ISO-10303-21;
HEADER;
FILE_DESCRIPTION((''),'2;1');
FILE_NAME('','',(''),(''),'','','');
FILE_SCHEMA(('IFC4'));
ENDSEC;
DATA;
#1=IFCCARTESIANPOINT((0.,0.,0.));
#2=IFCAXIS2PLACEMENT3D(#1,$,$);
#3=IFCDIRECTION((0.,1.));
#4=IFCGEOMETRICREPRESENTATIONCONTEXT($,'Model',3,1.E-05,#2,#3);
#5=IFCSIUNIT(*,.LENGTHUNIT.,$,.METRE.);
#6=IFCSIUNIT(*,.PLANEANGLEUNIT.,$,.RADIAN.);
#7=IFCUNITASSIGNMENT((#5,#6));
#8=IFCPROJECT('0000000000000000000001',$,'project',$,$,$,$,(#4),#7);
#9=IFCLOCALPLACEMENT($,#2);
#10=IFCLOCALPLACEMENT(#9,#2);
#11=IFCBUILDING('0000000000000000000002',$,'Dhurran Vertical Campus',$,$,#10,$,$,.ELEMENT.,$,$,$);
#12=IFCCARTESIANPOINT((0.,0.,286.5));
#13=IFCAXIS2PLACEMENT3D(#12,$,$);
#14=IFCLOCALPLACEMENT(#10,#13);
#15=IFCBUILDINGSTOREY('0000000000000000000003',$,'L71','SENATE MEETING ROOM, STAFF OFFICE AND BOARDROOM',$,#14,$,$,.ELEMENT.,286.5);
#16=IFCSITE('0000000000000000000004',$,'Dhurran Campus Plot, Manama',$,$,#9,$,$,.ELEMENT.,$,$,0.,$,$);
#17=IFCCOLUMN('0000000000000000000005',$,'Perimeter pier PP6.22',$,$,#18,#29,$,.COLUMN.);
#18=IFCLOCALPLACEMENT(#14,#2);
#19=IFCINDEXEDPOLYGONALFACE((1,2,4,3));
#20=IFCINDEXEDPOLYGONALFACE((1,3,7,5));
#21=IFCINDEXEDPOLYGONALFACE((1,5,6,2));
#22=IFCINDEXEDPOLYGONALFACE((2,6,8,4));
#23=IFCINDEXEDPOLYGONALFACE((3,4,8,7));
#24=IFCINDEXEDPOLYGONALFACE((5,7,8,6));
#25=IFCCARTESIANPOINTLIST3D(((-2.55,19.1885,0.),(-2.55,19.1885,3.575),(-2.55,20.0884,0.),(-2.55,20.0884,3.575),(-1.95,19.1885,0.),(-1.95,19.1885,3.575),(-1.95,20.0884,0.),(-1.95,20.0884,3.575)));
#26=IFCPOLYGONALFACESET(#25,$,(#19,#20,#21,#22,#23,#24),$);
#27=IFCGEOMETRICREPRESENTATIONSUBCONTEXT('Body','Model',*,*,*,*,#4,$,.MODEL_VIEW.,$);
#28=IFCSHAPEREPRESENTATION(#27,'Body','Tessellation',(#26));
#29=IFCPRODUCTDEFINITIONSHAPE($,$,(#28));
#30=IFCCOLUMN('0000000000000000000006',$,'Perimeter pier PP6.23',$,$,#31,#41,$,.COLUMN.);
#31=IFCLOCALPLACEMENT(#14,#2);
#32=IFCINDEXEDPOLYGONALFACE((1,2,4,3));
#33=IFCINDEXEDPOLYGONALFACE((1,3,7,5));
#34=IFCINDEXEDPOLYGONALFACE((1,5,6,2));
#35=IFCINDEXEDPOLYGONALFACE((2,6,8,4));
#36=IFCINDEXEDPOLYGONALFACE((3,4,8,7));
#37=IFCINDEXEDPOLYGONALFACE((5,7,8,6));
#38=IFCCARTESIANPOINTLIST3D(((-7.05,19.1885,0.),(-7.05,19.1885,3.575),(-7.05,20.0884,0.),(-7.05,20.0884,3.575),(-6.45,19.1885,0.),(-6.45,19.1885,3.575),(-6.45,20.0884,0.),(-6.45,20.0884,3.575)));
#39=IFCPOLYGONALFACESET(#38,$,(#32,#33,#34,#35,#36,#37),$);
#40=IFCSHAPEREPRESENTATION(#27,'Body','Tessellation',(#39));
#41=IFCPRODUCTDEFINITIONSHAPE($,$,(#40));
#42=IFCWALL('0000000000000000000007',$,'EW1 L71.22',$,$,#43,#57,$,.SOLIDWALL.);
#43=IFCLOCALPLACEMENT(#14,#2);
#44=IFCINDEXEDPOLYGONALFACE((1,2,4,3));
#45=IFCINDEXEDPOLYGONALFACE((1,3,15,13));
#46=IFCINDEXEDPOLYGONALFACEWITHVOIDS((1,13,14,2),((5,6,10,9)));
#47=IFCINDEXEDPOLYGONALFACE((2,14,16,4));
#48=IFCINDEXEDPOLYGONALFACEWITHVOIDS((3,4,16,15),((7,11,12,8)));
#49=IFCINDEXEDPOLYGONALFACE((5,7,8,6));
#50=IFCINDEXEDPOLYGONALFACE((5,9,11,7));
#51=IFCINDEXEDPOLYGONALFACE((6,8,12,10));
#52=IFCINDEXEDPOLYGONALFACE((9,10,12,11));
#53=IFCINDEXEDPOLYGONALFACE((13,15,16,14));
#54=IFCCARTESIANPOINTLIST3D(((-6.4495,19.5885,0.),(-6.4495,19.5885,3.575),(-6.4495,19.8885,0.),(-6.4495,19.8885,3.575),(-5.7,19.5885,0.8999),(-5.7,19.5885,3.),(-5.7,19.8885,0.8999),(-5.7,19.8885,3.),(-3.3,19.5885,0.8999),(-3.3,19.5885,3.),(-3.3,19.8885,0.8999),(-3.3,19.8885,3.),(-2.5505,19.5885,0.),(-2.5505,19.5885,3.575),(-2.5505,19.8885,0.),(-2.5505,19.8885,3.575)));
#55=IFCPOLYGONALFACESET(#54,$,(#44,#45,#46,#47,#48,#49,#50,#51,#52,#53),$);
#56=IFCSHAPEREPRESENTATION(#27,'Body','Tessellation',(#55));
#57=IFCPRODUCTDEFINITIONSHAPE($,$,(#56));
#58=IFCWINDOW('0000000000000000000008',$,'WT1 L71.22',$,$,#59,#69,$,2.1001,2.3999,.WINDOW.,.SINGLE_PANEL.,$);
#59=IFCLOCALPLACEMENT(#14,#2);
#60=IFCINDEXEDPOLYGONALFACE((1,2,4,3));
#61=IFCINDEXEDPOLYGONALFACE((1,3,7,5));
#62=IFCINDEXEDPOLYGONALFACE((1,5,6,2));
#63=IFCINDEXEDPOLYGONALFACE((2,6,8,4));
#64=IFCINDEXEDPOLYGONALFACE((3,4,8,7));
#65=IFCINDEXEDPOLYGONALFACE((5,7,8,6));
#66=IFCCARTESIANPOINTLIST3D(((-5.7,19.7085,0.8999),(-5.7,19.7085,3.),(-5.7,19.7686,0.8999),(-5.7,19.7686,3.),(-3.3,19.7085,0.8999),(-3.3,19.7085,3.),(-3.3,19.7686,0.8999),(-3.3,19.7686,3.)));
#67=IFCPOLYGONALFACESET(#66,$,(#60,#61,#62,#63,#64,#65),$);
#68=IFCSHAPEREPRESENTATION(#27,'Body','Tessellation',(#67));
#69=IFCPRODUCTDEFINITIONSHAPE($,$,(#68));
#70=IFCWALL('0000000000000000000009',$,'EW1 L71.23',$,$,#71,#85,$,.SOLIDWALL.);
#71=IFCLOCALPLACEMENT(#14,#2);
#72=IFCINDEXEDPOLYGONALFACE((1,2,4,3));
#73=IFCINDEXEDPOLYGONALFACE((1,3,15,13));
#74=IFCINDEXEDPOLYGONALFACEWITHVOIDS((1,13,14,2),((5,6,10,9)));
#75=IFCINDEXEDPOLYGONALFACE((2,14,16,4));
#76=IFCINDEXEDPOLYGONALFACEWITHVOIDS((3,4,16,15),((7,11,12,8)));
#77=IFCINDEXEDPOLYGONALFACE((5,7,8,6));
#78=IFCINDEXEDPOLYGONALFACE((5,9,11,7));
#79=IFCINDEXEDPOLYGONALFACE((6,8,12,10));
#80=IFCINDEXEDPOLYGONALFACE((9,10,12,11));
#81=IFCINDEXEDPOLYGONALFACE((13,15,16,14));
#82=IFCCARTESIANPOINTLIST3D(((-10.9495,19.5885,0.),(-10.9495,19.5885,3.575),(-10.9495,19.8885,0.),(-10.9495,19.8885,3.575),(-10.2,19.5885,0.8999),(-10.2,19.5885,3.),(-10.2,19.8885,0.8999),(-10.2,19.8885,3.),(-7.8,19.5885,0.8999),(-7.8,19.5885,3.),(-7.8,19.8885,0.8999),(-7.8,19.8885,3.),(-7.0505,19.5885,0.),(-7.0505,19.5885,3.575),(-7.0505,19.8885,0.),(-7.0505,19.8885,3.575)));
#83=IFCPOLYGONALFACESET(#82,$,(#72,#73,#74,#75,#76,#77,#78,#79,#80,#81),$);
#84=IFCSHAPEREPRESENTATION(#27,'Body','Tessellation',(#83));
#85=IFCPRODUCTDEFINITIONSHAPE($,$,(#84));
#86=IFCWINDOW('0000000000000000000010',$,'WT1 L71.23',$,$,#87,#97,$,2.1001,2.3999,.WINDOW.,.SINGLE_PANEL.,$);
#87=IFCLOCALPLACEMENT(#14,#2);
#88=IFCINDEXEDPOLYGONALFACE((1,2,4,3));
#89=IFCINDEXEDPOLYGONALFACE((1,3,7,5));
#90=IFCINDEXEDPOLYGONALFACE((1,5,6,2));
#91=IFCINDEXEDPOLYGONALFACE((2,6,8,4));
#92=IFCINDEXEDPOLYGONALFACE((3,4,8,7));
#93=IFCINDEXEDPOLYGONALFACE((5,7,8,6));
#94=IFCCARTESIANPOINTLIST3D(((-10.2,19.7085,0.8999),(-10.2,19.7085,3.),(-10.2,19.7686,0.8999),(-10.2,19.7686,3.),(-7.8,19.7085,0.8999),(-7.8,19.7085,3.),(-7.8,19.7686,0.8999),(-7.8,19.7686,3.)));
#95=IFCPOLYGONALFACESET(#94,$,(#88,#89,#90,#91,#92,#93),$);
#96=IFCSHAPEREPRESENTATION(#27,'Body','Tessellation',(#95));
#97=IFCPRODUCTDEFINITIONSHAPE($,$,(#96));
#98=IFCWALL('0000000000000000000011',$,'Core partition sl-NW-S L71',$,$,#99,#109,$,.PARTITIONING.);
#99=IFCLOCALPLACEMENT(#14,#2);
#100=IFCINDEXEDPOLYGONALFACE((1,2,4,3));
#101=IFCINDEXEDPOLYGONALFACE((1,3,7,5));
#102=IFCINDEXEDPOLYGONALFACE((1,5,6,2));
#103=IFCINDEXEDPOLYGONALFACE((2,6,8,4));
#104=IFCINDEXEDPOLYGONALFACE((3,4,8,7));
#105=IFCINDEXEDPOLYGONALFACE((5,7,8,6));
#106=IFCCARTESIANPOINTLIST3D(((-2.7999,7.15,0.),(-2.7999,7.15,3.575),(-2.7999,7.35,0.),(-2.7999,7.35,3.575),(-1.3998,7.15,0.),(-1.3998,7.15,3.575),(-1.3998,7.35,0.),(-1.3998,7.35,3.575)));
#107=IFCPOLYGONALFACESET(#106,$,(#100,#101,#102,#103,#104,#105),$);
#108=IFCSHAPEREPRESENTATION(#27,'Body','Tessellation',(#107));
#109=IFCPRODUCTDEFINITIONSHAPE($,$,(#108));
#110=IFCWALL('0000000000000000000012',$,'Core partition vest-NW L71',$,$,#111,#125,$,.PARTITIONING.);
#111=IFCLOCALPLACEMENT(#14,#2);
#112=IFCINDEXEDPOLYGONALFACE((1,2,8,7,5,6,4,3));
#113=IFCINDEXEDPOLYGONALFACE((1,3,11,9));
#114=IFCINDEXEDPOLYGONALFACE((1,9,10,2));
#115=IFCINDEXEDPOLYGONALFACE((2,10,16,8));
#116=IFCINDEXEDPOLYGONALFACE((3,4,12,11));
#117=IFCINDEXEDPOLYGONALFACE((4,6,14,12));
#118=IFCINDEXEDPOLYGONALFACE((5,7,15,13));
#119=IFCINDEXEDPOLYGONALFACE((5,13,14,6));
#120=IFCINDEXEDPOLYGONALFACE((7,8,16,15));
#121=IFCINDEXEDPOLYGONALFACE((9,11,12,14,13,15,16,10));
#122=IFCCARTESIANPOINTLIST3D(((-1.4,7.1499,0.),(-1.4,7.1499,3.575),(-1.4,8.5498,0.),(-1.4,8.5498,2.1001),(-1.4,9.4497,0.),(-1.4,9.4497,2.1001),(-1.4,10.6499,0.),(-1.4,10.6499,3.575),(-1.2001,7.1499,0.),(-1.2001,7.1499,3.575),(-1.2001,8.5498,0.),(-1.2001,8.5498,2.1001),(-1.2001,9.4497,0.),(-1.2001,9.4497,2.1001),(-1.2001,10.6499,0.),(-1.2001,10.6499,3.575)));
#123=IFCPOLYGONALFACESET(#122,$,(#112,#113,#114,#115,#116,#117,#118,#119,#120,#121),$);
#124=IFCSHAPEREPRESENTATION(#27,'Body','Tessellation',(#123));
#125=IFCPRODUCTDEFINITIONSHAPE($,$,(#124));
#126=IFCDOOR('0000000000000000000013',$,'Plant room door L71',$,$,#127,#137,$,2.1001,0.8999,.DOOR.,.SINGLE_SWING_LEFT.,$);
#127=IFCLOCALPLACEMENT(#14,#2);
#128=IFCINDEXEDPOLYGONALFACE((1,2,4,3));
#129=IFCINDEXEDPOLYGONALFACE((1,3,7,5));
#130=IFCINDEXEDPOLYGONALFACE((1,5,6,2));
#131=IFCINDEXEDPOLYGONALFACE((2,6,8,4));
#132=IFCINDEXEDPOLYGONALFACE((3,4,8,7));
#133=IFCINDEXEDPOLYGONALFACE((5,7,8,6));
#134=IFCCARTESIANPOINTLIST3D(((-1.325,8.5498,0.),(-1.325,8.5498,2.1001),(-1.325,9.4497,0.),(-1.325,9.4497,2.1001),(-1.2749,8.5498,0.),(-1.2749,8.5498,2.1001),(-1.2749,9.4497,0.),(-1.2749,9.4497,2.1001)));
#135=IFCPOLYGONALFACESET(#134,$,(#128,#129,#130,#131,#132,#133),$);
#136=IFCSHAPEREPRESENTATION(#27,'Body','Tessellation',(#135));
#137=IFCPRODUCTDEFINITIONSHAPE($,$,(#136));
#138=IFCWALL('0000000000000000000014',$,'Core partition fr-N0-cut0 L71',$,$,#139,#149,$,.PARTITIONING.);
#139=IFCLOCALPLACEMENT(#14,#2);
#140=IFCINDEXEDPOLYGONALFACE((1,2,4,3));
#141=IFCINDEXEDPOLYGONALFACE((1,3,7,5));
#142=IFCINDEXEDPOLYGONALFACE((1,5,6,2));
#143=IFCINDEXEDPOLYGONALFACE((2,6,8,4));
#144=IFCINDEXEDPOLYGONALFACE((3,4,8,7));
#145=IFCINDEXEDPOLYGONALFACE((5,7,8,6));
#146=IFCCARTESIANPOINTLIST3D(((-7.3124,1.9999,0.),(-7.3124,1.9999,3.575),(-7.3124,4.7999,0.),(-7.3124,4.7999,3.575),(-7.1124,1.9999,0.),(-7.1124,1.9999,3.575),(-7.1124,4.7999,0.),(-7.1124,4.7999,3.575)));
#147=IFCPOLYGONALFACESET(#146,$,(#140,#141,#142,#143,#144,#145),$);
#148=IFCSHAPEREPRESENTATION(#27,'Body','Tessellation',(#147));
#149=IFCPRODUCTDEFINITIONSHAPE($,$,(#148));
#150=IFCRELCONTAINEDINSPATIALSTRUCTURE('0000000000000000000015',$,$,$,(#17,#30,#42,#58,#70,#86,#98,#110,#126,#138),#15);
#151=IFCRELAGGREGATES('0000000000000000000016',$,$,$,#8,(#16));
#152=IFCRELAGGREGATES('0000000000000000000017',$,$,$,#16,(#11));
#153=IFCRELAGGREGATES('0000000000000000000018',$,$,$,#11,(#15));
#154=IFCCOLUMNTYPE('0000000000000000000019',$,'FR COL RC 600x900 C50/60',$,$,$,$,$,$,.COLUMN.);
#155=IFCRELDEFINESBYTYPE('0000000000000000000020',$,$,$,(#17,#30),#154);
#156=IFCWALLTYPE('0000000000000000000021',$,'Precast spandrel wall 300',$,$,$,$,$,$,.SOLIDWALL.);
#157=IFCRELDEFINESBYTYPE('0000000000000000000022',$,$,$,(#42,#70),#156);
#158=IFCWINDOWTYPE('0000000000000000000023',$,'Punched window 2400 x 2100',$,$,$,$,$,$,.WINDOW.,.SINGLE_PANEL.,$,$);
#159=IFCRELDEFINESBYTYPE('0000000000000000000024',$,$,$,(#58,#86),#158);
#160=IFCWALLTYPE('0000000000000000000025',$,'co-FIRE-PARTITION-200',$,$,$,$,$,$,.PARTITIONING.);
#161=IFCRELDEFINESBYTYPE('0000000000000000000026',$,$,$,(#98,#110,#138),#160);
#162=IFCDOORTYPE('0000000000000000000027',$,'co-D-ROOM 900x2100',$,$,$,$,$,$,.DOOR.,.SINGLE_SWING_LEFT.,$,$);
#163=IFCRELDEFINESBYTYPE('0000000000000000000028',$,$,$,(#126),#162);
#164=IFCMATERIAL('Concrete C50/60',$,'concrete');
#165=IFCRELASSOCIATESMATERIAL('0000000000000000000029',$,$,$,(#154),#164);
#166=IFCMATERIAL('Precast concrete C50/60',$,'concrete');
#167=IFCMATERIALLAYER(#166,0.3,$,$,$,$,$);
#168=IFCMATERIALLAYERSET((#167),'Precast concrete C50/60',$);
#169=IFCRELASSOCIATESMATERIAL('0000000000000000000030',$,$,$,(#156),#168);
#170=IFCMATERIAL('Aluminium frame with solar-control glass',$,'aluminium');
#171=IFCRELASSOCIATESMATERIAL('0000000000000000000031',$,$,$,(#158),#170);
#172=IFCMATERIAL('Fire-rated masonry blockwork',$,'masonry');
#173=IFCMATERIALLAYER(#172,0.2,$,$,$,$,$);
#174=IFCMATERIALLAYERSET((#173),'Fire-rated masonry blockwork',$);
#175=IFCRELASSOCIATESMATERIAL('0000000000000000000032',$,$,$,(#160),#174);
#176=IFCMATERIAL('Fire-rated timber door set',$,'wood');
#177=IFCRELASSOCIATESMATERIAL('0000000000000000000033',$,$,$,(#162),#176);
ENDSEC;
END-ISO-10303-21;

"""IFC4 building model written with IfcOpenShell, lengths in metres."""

from ifc_helpers import new_model, si_unit, direction, frame, frame_2d, origin, origin_2d, place, context, subcontext, project, spatial, rectangle, extrude, material, layer, layer_set, material_profile, profile_set, type_object, element, fill, save


model = new_model("IFC4")

# Units and contexts
model_context = context("Model", 3, precision=1e-05, world=origin(), true_north=direction((0.0, 1.0)))
body_context = subcontext(model_context, "Body", "Model", "MODEL_VIEW")
ifc_project = project(units=[si_unit("LENGTHUNIT", "METRE"), si_unit("PLANEANGLEUNIT", "RADIAN")], contexts=[model_context])

# Site, building, storey
site_placement = place(None, origin())
site = spatial("IfcSite", under=ifc_project, at=site_placement, Name="Dhurran Campus Plot, Manama", CompositionType="ELEMENT", RefElevation=0.0)
building_placement = place(site_placement, origin())
building = spatial("IfcBuilding", under=site, at=building_placement, Name="Dhurran Vertical Campus", CompositionType="ELEMENT")
storey_placement = place(building_placement, frame((0.0, 0.0, 286.5)))
storey = spatial("IfcBuildingStorey", under=building, at=storey_placement, Name="L71", Description="SENATE MEETING ROOM, STAFF OFFICE AND BOARDROOM", CompositionType="ELEMENT", Elevation=286.5)

# Columns
ifc_material_1 = material(Name="Concrete C50/60", Category="concrete")
ifc_material_profile = material_profile(ifc_material_1, rectangle(XDim=0.6001, YDim=0.8999, at=origin_2d()), Name="RC 600x900")
ifc_profile_set = profile_set([ifc_material_profile], Name="Concrete C50/60")
column_type = type_object("IfcColumnType", Name="FR COL RC 600x900 C50/60", PredefinedType="COLUMN", material=ifc_profile_set)
for number, where, z_axis, x_axis, name in (
    (1, (-2.25, 19.6384, 0.0), (0.0, 0.0, 1.0), (-1.0, 0.0, 0.0), "Perimeter pier PP6.22"),
    (2, (-6.75, 19.6384, 0.0), (0.0, 0.0, 1.0), (-1.0, 0.0, 0.0), "Perimeter pier PP6.23"),
):
    element("IfcColumn", number, at=place(storey_placement, frame(where, z_axis=z_axis, x_axis=x_axis)), inside=storey, type_object=column_type, Name=name, PredefinedType="COLUMN", context=body_context, shape_type="SweptSolid", body=[
        extrude(rectangle(XDim=0.6001, YDim=0.8999, at=origin_2d()), origin(), (0.0, 0.0, 1.0), 3.575),
    ])

# Walls, openings, windows
ifc_material_2 = material(Name="Precast concrete C50/60", Category="concrete")
ifc_layer_1 = layer(ifc_material_2, 0.3)
ifc_layer_set_1 = layer_set([ifc_layer_1], Name="Precast concrete C50/60")
wall_type_1 = type_object("IfcWallType", Name="Precast spandrel wall 300", PredefinedType="SOLIDWALL", material=ifc_layer_set_1)
wall_1_placement = place(storey_placement, frame((-2.5505, 19.7385, 0.0), z_axis=(0.0, 0.0, 1.0), x_axis=(-1.0, 0.0, 0.0)))
wall_1 = element("IfcWall", 3, at=wall_1_placement, inside=storey, type_object=wall_type_1, Name="EW1 L71.22", PredefinedType="SOLIDWALL", context=body_context, shape_type="SweptSolid", body=[
    extrude(rectangle(XDim=3.8989, YDim=0.3, at=frame_2d((1.9495, 0.0))), origin(), (0.0, 0.0, 1.0), 3.575),
])
opening_1_placement = place(wall_1_placement, frame((0.7495, 0.0, 0.8999)))
opening_1 = element("IfcOpeningElement", 4, at=opening_1_placement, cuts=wall_1, PredefinedType="OPENING", context=body_context, shape_type="SweptSolid", body=[
    extrude(rectangle(XDim=2.3999, YDim=2.1001, at=frame_2d((1.2, 1.05))), frame((0.0, 0.1599, 0.0), z_axis=(0.0, -1.0, 0.0), x_axis=(1.0, 0.0, 0.0)), (0.0, 0.0, 1.0), 0.3201),
])
ifc_material_3 = material(Name="Aluminium frame with solar-control glass", Category="aluminium")
window_type = type_object("IfcWindowType", Name="Punched window 2400 x 2100", PartitioningType="SINGLE_PANEL", PredefinedType="WINDOW", material=ifc_material_3)
window_1_placement = place(opening_1_placement, origin())
window_1 = element("IfcWindow", 5, at=window_1_placement, inside=storey, type_object=window_type, Name="WT1 L71.22", OverallHeight=2.1001, OverallWidth=2.3999, PartitioningType="SINGLE_PANEL", PredefinedType="WINDOW", context=body_context, shape_type="SweptSolid", body=[
    extrude(rectangle(XDim=2.3999, YDim=2.1001, at=frame_2d((1.2, 1.05))), frame((0.0, 0.03, 0.0), z_axis=(0.0, -1.0, 0.0), x_axis=(1.0, 0.0, 0.0)), (0.0, 0.0, 1.0), 0.0601),
])
fill(opening_1, window_1)
wall_2_placement = place(storey_placement, frame((-7.0505, 19.7385, 0.0), z_axis=(0.0, 0.0, 1.0), x_axis=(-1.0, 0.0, 0.0)))
wall_2 = element("IfcWall", 6, at=wall_2_placement, inside=storey, type_object=wall_type_1, Name="EW1 L71.23", PredefinedType="SOLIDWALL", context=body_context, shape_type="SweptSolid", body=[
    extrude(rectangle(XDim=3.8989, YDim=0.3, at=frame_2d((1.9495, 0.0))), origin(), (0.0, 0.0, 1.0), 3.575),
])
opening_2_placement = place(wall_2_placement, frame((0.7495, 0.0, 0.8999)))
opening_2 = element("IfcOpeningElement", 7, at=opening_2_placement, cuts=wall_2, PredefinedType="OPENING", context=body_context, shape_type="SweptSolid", body=[
    extrude(rectangle(XDim=2.3999, YDim=2.1001, at=frame_2d((1.2, 1.05))), frame((0.0, 0.1599, 0.0), z_axis=(0.0, -1.0, 0.0), x_axis=(1.0, 0.0, 0.0)), (0.0, 0.0, 1.0), 0.3201),
])
window_2_placement = place(opening_2_placement, origin())
window_2 = element("IfcWindow", 8, at=window_2_placement, inside=storey, type_object=window_type, Name="WT1 L71.23", OverallHeight=2.1001, OverallWidth=2.3999, PartitioningType="SINGLE_PANEL", PredefinedType="WINDOW", context=body_context, shape_type="SweptSolid", body=[
    extrude(rectangle(XDim=2.3999, YDim=2.1001, at=frame_2d((1.2, 1.05))), frame((0.0, 0.03, 0.0), z_axis=(0.0, -1.0, 0.0), x_axis=(1.0, 0.0, 0.0)), (0.0, 0.0, 1.0), 0.0601),
])
fill(opening_2, window_2)

# Wall
ifc_material_4 = material(Name="Fire-rated masonry blockwork", Category="masonry")
ifc_layer_2 = layer(ifc_material_4, 0.2)
ifc_layer_set_2 = layer_set([ifc_layer_2], Name="Fire-rated masonry blockwork")
wall_type_2 = type_object("IfcWallType", Name="co-FIRE-PARTITION-200", PredefinedType="PARTITIONING", material=ifc_layer_set_2)
wall_3_placement = place(storey_placement, frame((-2.8, 7.25, 0.0), z_axis=(0.0, 0.0, 1.0), x_axis=(1.0, 0.0, 0.0)))
element("IfcWall", 9, at=wall_3_placement, inside=storey, type_object=wall_type_2, Name="Core partition sl-NW-S L71", PredefinedType="PARTITIONING", context=body_context, shape_type="SweptSolid", body=[
    extrude(rectangle(XDim=1.4001, YDim=0.2, at=frame_2d((0.7002, 0.0))), origin(), (0.0, 0.0, 1.0), 3.575),
])

# Wall, opening, door
wall_4_placement = place(storey_placement, frame((-1.3, 7.1499, 0.0), z_axis=(0.0, 0.0, 1.0), x_axis=(0.0, 1.0, 0.0)))
wall_4 = element("IfcWall", 10, at=wall_4_placement, inside=storey, type_object=wall_type_2, Name="Core partition vest-NW L71", PredefinedType="PARTITIONING", context=body_context, shape_type="SweptSolid", body=[
    extrude(rectangle(XDim=3.5, YDim=0.2, at=frame_2d((1.75, 0.0))), origin(), (0.0, 0.0, 1.0), 3.575),
])
opening_3_placement = place(wall_4_placement, frame((1.3999, 0.0, 0.0)))
opening_3 = element("IfcOpeningElement", 11, at=opening_3_placement, cuts=wall_4, PredefinedType="OPENING", context=body_context, shape_type="SweptSolid", body=[
    extrude(rectangle(XDim=0.8999, YDim=2.1001, at=frame_2d((0.45, 1.05))), frame((0.0, 0.1099, 0.0), z_axis=(0.0, -1.0, 0.0), x_axis=(1.0, 0.0, 0.0)), (0.0, 0.0, 1.0), 0.22),
])
ifc_material_5 = material(Name="Fire-rated timber door set", Category="wood")
door_type_1 = type_object("IfcDoorType", Name="co-D-ROOM 900x2100", OperationType="SINGLE_SWING_LEFT", PredefinedType="DOOR", material=ifc_material_5)
door_1_placement = place(opening_3_placement, origin())
door_1 = element("IfcDoor", 12, at=door_1_placement, inside=storey, type_object=door_type_1, Name="Plant room door L71", OperationType="SINGLE_SWING_LEFT", OverallHeight=2.1001, OverallWidth=0.8999, PredefinedType="DOOR", context=body_context, shape_type="SweptSolid", body=[
    extrude(rectangle(XDim=0.8999, YDim=2.1001, at=frame_2d((0.45, 1.05))), frame((0.0, 0.0249, 0.0), z_axis=(0.0, -1.0, 0.0), x_axis=(1.0, 0.0, 0.0)), (0.0, 0.0, 1.0), 0.05),
])
fill(opening_3, door_1)

# Wall
wall_5_placement = place(storey_placement, frame((-7.2124, 2.0, 0.0), z_axis=(0.0, 0.0, 1.0), x_axis=(0.0, 1.0, 0.0)))
element("IfcWall", 13, at=wall_5_placement, inside=storey, type_object=wall_type_2, Name="Core partition fr-N0-cut0 L71", PredefinedType="PARTITIONING", context=body_context, shape_type="SweptSolid", body=[
    extrude(rectangle(XDim=2.8, YDim=0.2, at=frame_2d((1.3999, 0.0))), origin(), (0.0, 0.0, 1.0), 3.575),
])

save(model, "model.ifc")
